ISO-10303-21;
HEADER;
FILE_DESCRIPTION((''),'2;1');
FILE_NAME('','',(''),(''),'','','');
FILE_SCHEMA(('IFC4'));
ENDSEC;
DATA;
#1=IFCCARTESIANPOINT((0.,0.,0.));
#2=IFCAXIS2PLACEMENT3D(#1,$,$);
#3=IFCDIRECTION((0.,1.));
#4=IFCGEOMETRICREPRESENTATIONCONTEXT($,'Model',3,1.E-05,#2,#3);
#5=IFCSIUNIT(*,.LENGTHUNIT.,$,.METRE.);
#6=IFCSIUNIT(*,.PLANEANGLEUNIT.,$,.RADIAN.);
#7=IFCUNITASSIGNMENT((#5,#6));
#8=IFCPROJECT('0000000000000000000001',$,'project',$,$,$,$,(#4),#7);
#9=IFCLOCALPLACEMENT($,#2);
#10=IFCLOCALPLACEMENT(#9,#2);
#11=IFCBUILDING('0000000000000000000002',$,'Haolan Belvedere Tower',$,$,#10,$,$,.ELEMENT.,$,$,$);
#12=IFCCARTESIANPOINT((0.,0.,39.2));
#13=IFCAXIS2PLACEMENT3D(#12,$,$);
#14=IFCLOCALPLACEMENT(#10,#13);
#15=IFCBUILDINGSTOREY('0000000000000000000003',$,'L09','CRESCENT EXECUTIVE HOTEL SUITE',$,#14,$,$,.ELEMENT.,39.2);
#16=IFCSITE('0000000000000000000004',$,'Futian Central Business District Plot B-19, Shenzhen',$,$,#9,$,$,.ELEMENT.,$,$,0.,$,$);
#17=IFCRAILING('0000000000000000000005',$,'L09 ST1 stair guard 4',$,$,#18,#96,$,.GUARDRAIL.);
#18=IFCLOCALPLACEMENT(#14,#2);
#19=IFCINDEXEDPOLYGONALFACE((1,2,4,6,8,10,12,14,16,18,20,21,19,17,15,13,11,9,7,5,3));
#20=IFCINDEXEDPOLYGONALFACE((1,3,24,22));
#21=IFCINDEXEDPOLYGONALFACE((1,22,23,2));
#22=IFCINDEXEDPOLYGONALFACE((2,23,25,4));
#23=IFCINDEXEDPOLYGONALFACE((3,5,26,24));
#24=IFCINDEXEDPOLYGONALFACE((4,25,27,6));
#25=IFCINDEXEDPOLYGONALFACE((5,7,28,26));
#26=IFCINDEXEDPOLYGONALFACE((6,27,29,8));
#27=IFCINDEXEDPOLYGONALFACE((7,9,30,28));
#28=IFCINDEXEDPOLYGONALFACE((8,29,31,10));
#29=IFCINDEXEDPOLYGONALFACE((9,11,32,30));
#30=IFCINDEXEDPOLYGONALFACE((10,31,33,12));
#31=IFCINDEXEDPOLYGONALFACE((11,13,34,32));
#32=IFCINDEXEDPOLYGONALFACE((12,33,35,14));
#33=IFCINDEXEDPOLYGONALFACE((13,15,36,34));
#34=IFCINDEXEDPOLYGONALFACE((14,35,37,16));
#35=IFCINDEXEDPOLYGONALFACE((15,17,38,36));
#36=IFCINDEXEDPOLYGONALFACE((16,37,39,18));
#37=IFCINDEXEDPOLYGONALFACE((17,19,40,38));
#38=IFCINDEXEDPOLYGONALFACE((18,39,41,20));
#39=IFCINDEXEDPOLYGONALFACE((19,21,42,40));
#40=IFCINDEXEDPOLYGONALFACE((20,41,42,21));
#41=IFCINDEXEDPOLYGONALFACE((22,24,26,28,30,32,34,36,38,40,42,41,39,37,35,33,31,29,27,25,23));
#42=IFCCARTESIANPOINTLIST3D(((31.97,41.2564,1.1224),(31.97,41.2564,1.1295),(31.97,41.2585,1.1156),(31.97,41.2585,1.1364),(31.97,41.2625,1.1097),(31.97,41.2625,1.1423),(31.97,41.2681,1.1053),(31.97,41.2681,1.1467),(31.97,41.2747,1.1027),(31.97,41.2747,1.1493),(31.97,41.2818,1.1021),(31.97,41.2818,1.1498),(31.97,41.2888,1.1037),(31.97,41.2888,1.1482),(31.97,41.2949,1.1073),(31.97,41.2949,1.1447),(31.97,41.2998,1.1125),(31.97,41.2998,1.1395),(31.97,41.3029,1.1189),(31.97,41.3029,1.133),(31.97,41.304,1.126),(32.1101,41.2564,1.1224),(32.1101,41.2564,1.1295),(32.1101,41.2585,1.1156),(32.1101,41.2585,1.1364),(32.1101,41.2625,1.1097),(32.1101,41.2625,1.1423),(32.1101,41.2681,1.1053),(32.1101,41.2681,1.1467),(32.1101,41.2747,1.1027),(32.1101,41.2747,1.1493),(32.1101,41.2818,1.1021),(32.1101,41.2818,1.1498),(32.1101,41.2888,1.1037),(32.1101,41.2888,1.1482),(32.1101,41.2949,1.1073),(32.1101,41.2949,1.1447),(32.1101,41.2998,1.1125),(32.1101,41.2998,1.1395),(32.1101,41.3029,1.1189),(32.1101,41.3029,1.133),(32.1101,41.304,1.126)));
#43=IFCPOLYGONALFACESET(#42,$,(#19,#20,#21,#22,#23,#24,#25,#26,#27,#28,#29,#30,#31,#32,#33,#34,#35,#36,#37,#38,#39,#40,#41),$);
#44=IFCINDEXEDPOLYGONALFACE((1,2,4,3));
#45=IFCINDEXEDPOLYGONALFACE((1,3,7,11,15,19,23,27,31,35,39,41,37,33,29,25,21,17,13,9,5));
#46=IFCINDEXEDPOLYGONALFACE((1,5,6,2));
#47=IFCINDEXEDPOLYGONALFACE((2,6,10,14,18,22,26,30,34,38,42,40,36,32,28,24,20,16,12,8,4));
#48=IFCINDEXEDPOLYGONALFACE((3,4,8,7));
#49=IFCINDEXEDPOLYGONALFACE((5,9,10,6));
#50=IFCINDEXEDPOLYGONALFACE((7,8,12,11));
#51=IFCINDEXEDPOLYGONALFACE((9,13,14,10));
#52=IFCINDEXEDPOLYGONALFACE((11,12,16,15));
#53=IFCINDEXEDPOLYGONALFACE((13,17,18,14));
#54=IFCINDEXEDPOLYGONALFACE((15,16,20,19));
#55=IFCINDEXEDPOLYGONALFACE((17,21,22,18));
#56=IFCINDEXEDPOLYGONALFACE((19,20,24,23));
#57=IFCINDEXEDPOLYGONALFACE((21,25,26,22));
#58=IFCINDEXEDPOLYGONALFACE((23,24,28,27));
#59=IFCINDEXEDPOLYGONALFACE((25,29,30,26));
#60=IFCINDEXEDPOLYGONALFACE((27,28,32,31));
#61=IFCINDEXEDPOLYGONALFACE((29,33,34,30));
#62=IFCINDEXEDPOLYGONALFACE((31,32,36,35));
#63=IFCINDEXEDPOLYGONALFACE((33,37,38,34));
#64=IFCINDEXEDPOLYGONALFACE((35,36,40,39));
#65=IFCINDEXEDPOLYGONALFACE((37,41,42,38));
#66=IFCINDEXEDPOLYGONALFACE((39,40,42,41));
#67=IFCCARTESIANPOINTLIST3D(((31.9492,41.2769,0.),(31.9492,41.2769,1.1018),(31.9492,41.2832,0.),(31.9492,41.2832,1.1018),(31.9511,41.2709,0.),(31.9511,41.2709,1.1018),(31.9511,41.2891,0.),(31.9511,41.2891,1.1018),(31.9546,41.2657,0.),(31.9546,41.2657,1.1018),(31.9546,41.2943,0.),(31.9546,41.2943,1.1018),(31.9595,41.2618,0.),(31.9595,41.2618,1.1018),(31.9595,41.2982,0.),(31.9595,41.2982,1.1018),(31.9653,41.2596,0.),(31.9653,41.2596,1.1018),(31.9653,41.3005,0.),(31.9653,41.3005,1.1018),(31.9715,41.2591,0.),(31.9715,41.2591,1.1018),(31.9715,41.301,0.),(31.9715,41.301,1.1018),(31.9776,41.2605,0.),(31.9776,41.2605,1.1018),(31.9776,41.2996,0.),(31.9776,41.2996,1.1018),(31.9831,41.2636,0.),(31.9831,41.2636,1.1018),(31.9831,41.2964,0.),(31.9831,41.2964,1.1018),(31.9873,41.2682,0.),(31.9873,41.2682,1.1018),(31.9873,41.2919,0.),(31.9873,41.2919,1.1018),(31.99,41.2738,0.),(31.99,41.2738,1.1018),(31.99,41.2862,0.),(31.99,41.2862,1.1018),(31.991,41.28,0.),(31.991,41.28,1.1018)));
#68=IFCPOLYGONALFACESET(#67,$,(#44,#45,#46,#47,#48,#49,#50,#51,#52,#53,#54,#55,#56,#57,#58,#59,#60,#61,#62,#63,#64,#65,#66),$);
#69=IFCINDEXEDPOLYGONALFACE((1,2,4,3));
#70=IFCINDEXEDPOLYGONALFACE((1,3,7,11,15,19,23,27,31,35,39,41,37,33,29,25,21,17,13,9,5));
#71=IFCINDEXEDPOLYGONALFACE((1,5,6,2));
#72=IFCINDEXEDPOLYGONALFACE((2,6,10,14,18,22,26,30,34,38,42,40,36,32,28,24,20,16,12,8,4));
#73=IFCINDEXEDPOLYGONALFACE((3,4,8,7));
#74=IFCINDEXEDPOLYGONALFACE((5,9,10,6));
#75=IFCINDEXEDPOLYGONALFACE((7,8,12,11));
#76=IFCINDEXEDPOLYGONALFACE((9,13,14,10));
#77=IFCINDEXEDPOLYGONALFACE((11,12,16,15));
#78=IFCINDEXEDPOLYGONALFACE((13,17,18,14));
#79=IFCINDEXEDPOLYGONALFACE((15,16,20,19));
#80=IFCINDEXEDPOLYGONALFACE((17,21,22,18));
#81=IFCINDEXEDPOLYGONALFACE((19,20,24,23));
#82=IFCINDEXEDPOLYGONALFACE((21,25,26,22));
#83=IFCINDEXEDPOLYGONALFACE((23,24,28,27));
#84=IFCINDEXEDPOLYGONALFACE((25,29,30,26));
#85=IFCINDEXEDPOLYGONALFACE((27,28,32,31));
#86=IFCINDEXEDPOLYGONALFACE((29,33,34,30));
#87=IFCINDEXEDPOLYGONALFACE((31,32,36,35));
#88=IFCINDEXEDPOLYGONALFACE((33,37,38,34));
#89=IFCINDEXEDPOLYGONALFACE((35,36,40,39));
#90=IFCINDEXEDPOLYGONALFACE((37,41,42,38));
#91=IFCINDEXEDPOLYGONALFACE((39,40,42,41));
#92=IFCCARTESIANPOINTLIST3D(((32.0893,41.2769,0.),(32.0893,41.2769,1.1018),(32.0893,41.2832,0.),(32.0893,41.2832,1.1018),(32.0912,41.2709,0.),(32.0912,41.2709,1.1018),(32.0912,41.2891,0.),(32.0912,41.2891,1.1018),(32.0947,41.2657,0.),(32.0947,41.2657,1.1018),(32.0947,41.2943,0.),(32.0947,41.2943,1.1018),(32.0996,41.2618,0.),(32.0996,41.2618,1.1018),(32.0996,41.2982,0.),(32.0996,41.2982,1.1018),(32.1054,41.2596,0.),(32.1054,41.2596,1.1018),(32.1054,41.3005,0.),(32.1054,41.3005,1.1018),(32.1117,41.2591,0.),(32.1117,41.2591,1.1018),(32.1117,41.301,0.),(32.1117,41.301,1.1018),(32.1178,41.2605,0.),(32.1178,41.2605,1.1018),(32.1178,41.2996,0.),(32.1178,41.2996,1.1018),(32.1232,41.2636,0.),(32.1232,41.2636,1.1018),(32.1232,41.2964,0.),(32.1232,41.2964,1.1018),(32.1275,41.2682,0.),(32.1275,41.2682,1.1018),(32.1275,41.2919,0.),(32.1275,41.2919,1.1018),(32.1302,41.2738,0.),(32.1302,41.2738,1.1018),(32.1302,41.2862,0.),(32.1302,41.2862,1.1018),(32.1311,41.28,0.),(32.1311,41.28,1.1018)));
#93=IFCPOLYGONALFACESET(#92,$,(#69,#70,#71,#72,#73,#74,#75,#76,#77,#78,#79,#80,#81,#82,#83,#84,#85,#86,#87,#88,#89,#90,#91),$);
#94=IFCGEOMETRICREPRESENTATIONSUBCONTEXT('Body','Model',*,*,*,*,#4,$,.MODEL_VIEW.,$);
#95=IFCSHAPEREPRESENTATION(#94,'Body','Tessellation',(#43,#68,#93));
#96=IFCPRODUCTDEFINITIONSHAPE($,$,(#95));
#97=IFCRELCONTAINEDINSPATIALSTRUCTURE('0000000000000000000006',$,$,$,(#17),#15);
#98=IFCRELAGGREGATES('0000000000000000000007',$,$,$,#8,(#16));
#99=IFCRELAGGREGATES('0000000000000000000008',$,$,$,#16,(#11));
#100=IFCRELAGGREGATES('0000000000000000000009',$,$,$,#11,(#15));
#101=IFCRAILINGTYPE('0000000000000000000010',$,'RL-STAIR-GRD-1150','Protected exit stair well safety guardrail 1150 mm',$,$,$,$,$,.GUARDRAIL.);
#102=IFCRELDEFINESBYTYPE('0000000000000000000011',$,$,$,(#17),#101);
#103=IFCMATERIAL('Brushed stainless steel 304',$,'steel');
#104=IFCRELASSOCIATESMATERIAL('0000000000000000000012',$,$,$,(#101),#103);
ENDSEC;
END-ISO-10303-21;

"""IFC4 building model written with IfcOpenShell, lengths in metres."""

from ifc_helpers import new_model, si_unit, direction, frame, origin, origin_2d, place, context, subcontext, project, spatial, circle, extrude, material, type_object, element, save


model = new_model("IFC4")

# Units and contexts
model_context = context("Model", 3, precision=1e-05, world=origin(), true_north=direction((0.0, 1.0)))
body_context = subcontext(model_context, "Body", "Model", "MODEL_VIEW")
ifc_project = project(units=[si_unit("LENGTHUNIT", "METRE"), si_unit("PLANEANGLEUNIT", "RADIAN")], contexts=[model_context])

# Site, building, storey
site_placement = place(None, origin())
site = spatial("IfcSite", under=ifc_project, at=site_placement, Name="Futian Central Business District Plot B-19, Shenzhen", CompositionType="ELEMENT", RefElevation=0.0)
building_placement = place(site_placement, origin())
building = spatial("IfcBuilding", under=site, at=building_placement, Name="Haolan Belvedere Tower", CompositionType="ELEMENT")
storey_placement = place(building_placement, frame((0.0, 0.0, 39.2)))
storey = spatial("IfcBuildingStorey", under=building, at=storey_placement, Name="L09", Description="CRESCENT EXECUTIVE HOTEL SUITE", CompositionType="ELEMENT", Elevation=39.2)

# Railing
ifc_material_1 = material(Name="Brushed stainless steel 304", Category="steel")
railing_type_1 = type_object("IfcRailingType", Name="RL-STAIR-GRD-1150", Description="Protected exit stair well safety guardrail 1150 mm", PredefinedType="GUARDRAIL", material=ifc_material_1)
railing_1_placement = place(storey_placement, frame((31.97, 41.28, 0.0)))
element("IfcRailing", 1, at=railing_1_placement, inside=storey, type_object=railing_type_1, Name="L09 ST1 stair guard 4", PredefinedType="GUARDRAIL", context=body_context, shape_type="SweptSolid", body=[
    extrude(circle(Radius=0.0239, at=origin_2d()), frame((0.0, 0.0, 1.126), z_axis=(1.0, 0.0, 0.0), x_axis=(0.0, 1.0, 0.0)), (0.0, 0.0, 1.0), 0.1401),
    extrude(circle(Radius=0.021, at=origin_2d()), origin(), (0.0, 0.0, 1.0), 1.1018),
    extrude(circle(Radius=0.021, at=origin_2d()), frame((0.1401, 0.0, 0.0)), (0.0, 0.0, 1.0), 1.1018),
])

save(model, "model.ifc")
